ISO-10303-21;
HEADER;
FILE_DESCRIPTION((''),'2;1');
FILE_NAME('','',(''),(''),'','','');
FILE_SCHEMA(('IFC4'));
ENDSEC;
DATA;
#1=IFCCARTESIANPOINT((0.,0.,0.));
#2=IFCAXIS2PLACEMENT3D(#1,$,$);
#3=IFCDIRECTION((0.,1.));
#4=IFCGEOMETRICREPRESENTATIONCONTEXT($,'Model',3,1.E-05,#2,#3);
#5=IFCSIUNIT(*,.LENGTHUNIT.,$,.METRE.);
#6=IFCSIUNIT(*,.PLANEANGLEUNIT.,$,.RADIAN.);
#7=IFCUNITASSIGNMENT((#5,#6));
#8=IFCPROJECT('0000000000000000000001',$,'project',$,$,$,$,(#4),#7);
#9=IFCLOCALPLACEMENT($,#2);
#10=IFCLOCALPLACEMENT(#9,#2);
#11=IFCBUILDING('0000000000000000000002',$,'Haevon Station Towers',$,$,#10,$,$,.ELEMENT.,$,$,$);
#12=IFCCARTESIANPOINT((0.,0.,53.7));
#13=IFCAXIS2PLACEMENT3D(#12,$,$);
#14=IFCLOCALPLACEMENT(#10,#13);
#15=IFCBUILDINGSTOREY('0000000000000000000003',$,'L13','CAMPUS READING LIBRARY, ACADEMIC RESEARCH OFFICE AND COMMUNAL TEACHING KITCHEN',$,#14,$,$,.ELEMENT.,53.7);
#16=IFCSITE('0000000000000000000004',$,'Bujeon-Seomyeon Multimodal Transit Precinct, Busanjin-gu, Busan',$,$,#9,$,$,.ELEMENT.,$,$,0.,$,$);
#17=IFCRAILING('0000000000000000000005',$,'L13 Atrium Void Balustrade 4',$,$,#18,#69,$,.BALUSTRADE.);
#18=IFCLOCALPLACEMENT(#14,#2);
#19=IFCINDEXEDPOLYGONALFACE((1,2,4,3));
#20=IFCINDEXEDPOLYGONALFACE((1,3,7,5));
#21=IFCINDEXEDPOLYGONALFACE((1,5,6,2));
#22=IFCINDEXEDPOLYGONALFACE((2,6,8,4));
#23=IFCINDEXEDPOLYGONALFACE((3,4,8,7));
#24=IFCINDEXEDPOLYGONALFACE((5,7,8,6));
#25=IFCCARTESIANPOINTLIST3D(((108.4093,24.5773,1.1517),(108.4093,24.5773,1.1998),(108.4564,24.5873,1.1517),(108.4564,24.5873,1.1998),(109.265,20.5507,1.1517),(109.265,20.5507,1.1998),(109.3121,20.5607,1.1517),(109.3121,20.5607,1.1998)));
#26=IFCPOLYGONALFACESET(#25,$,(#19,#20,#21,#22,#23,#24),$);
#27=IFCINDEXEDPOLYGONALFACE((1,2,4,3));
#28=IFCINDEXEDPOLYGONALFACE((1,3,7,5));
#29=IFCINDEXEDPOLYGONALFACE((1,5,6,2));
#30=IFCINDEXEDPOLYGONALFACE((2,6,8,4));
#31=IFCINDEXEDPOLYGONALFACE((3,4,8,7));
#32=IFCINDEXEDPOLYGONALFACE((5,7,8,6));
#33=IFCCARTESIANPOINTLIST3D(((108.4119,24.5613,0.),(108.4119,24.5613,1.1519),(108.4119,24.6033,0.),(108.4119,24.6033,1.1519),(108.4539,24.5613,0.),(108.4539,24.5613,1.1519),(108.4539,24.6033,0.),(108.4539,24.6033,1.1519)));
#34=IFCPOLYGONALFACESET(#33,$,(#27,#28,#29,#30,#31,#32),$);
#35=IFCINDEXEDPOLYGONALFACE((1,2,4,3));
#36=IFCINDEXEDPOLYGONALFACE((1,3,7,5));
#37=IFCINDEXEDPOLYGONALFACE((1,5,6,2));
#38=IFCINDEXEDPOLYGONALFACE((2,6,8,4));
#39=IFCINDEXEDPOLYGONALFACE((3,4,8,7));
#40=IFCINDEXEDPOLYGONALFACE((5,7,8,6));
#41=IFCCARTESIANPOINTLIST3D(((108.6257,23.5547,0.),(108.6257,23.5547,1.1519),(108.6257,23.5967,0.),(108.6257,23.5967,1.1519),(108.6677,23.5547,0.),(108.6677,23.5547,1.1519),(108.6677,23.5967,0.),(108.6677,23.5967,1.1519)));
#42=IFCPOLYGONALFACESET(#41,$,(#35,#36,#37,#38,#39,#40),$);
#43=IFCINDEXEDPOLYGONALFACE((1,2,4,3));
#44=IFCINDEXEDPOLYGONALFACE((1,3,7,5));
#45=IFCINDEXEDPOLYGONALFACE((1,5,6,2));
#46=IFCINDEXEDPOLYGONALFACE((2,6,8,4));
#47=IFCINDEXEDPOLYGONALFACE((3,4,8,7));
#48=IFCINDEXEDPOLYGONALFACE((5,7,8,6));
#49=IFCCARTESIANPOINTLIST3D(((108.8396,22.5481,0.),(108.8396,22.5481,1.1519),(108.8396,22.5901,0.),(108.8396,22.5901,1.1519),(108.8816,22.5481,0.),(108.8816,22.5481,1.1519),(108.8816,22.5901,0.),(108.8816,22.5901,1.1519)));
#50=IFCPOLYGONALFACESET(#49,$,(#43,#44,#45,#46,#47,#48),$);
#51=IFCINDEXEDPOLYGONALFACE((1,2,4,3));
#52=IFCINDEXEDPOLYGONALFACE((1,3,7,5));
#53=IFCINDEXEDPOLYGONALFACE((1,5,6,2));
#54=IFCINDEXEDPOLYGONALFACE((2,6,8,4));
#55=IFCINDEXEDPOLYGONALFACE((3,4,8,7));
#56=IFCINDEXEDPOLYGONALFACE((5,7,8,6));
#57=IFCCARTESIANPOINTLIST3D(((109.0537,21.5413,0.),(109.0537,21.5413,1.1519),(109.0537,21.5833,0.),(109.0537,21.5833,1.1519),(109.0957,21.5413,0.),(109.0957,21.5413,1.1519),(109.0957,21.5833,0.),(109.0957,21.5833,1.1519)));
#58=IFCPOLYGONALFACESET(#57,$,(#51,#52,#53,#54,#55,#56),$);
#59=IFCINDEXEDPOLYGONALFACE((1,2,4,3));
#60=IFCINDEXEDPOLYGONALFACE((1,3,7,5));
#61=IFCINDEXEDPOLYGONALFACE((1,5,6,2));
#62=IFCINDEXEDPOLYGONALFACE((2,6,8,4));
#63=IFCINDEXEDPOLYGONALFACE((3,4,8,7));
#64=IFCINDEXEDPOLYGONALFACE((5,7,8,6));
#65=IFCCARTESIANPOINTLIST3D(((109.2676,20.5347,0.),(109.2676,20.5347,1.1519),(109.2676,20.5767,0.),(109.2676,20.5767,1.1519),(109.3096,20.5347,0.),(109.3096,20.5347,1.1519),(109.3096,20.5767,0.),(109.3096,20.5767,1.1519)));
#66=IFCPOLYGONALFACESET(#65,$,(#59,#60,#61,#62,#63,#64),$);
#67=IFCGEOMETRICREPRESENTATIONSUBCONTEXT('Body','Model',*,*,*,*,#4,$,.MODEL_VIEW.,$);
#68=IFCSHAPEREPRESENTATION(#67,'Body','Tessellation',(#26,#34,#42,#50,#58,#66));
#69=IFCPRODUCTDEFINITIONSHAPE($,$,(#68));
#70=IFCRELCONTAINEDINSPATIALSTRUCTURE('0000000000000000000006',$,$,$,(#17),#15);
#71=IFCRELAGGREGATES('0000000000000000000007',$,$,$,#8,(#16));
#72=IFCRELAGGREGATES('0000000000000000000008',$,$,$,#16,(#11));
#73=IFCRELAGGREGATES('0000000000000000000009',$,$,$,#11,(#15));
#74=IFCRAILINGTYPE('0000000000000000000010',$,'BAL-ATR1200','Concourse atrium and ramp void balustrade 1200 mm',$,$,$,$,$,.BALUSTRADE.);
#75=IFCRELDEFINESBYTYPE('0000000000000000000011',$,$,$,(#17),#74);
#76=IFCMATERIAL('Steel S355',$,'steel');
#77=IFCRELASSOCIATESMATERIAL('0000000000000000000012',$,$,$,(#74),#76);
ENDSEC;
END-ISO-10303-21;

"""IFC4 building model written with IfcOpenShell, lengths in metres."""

from ifc_helpers import new_model, si_unit, direction, frame, origin, origin_2d, place, context, subcontext, project, spatial, rectangle, extrude, material, type_object, element, save


model = new_model("IFC4")

# Units and contexts
model_context = context("Model", 3, precision=1e-05, world=origin(), true_north=direction((0.0, 1.0)))
body_context = subcontext(model_context, "Body", "Model", "MODEL_VIEW")
ifc_project = project(units=[si_unit("LENGTHUNIT", "METRE"), si_unit("PLANEANGLEUNIT", "RADIAN")], contexts=[model_context])

# Site, building, storey
site_placement = place(None, origin())
site = spatial("IfcSite", under=ifc_project, at=site_placement, Name="Bujeon-Seomyeon Multimodal Transit Precinct, Busanjin-gu, Busan", CompositionType="ELEMENT", RefElevation=0.0)
building_placement = place(site_placement, origin())
building = spatial("IfcBuilding", under=site, at=building_placement, Name="Haevon Station Towers", CompositionType="ELEMENT")
storey_placement = place(building_placement, frame((0.0, 0.0, 53.7)))
storey = spatial("IfcBuildingStorey", under=building, at=storey_placement, Name="L13", Description="CAMPUS READING LIBRARY, ACADEMIC RESEARCH OFFICE AND COMMUNAL TEACHING KITCHEN", CompositionType="ELEMENT", Elevation=53.7)

# Shared definitions
ifc_material_1 = material(Name="Steel S355", Category="steel")

# Railing
railing_type = type_object("IfcRailingType", Name="BAL-ATR1200", Description="Concourse atrium and ramp void balustrade 1200 mm", PredefinedType="BALUSTRADE", material=ifc_material_1)
railing_1_placement = place(storey_placement, frame((108.4329, 24.5823, 0.0)))
element("IfcRailing", 1, at=railing_1_placement, inside=storey, type_object=railing_type, Name="L13 Atrium Void Balustrade 4", PredefinedType="BALUSTRADE", context=body_context, shape_type="SweptSolid", body=[
    extrude(rectangle(XDim=0.0481, YDim=0.0481, at=origin_2d()), frame((0.0, 0.0, 1.1758), z_axis=(0.207872, -0.978156, 0.0), x_axis=(0.978156, 0.207872, 0.0)), (0.0, 0.0, 1.0), 4.1165),
    extrude(rectangle(XDim=0.042, YDim=0.042, at=origin_2d()), origin(), (0.0, 0.0, 1.0), 1.1519),
    extrude(rectangle(XDim=0.042, YDim=0.042, at=origin_2d()), frame((0.2139, -1.0066, 0.0)), (0.0, 0.0, 1.0), 1.1519),
    extrude(rectangle(XDim=0.042, YDim=0.042, at=origin_2d()), frame((0.4277, -2.0132, 0.0)), (0.0, 0.0, 1.0), 1.1519),
    extrude(rectangle(XDim=0.042, YDim=0.042, at=origin_2d()), frame((0.6418, -3.02, 0.0)), (0.0, 0.0, 1.0), 1.1519),
    extrude(rectangle(XDim=0.042, YDim=0.042, at=origin_2d()), frame((0.8557, -4.0266, 0.0)), (0.0, 0.0, 1.0), 1.1519),
])

save(model, "model.ifc")
